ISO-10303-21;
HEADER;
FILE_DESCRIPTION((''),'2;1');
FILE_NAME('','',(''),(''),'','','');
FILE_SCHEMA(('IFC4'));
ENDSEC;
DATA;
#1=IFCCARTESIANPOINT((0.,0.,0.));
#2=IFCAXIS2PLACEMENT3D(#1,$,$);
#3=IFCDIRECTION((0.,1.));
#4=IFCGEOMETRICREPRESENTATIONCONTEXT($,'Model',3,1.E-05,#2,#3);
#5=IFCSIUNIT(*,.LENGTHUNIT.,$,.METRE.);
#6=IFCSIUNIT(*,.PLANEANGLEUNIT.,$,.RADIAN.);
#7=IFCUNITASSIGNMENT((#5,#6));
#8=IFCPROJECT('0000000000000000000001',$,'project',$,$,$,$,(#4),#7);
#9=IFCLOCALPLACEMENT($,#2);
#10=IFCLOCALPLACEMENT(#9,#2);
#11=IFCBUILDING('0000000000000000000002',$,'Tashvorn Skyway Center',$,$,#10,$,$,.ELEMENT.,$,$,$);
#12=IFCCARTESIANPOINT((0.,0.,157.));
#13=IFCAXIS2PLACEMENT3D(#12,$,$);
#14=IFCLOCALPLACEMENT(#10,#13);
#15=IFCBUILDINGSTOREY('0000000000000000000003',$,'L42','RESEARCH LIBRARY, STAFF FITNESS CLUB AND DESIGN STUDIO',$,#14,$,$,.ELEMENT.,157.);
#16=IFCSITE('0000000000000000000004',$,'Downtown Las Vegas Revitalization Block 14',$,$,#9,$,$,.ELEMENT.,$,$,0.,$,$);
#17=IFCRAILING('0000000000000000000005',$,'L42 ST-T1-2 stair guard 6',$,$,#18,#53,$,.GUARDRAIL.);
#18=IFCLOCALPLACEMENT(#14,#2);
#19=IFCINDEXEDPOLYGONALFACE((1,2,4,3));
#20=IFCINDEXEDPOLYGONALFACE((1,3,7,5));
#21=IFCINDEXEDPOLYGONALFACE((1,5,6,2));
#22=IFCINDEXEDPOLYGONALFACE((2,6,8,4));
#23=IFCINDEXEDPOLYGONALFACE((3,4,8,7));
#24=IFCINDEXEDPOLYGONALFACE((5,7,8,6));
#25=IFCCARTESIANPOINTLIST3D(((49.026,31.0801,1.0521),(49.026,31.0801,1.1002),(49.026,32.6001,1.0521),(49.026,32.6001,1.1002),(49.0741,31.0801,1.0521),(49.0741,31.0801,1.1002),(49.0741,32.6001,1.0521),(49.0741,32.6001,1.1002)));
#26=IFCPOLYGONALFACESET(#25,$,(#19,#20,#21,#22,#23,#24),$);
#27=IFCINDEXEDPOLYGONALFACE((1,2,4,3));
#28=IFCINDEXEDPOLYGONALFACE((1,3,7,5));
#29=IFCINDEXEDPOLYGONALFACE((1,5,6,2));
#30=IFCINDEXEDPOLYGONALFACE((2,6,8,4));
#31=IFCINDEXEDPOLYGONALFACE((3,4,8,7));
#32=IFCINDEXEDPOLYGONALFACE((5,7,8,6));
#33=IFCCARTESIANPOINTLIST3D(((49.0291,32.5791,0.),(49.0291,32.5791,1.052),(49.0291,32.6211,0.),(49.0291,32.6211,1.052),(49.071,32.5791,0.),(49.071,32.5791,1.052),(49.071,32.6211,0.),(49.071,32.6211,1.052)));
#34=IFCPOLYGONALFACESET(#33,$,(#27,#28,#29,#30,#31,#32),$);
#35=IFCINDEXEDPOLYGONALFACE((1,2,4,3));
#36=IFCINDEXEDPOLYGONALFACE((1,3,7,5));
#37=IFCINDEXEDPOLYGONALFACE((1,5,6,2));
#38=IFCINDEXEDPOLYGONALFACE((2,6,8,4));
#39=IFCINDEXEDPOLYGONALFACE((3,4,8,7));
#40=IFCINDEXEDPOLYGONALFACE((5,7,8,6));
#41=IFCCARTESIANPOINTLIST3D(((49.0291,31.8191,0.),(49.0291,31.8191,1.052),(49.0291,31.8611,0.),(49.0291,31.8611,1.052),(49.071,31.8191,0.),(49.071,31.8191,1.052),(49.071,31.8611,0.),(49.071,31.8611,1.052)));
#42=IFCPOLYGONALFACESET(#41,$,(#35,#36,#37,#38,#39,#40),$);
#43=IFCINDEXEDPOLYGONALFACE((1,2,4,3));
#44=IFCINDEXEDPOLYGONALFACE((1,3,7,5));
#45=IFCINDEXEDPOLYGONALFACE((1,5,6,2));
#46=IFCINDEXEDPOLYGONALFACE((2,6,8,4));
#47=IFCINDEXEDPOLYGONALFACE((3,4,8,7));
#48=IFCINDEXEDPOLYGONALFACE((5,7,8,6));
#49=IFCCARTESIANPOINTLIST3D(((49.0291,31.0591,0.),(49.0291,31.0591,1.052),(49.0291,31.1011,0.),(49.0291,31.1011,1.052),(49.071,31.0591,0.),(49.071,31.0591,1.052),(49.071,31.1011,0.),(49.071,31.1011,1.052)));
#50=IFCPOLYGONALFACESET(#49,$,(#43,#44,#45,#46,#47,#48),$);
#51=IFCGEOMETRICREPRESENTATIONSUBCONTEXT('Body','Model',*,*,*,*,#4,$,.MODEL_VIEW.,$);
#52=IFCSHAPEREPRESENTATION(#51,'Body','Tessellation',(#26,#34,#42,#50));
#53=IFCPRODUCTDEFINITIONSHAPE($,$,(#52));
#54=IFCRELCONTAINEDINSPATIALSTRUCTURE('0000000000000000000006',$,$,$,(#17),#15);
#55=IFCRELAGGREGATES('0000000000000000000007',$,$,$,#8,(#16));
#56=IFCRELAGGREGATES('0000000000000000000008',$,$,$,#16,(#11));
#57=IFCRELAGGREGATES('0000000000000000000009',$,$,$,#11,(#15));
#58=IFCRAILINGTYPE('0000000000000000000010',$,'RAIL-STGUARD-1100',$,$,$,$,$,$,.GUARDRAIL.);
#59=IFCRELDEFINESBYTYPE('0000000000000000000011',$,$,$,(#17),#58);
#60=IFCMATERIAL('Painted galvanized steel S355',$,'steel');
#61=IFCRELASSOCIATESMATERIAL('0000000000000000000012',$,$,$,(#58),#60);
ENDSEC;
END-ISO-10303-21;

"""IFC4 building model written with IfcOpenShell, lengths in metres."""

from ifc_helpers import new_model, si_unit, direction, frame, origin, origin_2d, place, context, subcontext, project, spatial, rectangle, extrude, material, type_object, element, save


model = new_model("IFC4")

# Units and contexts
model_context = context("Model", 3, precision=1e-05, world=origin(), true_north=direction((0.0, 1.0)))
body_context = subcontext(model_context, "Body", "Model", "MODEL_VIEW")
ifc_project = project(units=[si_unit("LENGTHUNIT", "METRE"), si_unit("PLANEANGLEUNIT", "RADIAN")], contexts=[model_context])

# Site, building, storey
site_placement = place(None, origin())
site = spatial("IfcSite", under=ifc_project, at=site_placement, Name="Downtown Las Vegas Revitalization Block 14", CompositionType="ELEMENT", RefElevation=0.0)
building_placement = place(site_placement, origin())
building = spatial("IfcBuilding", under=site, at=building_placement, Name="Tashvorn Skyway Center", CompositionType="ELEMENT")
storey_placement = place(building_placement, frame((0.0, 0.0, 157.0)))
storey = spatial("IfcBuildingStorey", under=building, at=storey_placement, Name="L42", Description="RESEARCH LIBRARY, STAFF FITNESS CLUB AND DESIGN STUDIO", CompositionType="ELEMENT", Elevation=157.0)

# Railing
ifc_material_1 = material(Name="Painted galvanized steel S355", Category="steel")
railing_type_1 = type_object("IfcRailingType", Name="RAIL-STGUARD-1100", PredefinedType="GUARDRAIL", material=ifc_material_1)
railing_1_placement = place(storey_placement, frame((49.05, 32.6001, 0.0)))
element("IfcRailing", 1, at=railing_1_placement, inside=storey, type_object=railing_type_1, Name="L42 ST-T1-2 stair guard 6", PredefinedType="GUARDRAIL", context=body_context, shape_type="SweptSolid", body=[
    extrude(rectangle(XDim=0.0481, YDim=0.0481, at=origin_2d()), frame((0.0, 0.0, 1.0762), z_axis=(0.0, -1.0, 0.0), x_axis=(1.0, 0.0, 0.0)), (0.0, 0.0, 1.0), 1.52),
    extrude(rectangle(XDim=0.042, YDim=0.042, at=origin_2d()), origin(), (0.0, 0.0, 1.0), 1.052),
    extrude(rectangle(XDim=0.042, YDim=0.042, at=origin_2d()), frame((0.0, -0.76, 0.0)), (0.0, 0.0, 1.0), 1.052),
    extrude(rectangle(XDim=0.042, YDim=0.042, at=origin_2d()), frame((0.0, -1.52, 0.0)), (0.0, 0.0, 1.0), 1.052),
])

save(model, "model.ifc")
